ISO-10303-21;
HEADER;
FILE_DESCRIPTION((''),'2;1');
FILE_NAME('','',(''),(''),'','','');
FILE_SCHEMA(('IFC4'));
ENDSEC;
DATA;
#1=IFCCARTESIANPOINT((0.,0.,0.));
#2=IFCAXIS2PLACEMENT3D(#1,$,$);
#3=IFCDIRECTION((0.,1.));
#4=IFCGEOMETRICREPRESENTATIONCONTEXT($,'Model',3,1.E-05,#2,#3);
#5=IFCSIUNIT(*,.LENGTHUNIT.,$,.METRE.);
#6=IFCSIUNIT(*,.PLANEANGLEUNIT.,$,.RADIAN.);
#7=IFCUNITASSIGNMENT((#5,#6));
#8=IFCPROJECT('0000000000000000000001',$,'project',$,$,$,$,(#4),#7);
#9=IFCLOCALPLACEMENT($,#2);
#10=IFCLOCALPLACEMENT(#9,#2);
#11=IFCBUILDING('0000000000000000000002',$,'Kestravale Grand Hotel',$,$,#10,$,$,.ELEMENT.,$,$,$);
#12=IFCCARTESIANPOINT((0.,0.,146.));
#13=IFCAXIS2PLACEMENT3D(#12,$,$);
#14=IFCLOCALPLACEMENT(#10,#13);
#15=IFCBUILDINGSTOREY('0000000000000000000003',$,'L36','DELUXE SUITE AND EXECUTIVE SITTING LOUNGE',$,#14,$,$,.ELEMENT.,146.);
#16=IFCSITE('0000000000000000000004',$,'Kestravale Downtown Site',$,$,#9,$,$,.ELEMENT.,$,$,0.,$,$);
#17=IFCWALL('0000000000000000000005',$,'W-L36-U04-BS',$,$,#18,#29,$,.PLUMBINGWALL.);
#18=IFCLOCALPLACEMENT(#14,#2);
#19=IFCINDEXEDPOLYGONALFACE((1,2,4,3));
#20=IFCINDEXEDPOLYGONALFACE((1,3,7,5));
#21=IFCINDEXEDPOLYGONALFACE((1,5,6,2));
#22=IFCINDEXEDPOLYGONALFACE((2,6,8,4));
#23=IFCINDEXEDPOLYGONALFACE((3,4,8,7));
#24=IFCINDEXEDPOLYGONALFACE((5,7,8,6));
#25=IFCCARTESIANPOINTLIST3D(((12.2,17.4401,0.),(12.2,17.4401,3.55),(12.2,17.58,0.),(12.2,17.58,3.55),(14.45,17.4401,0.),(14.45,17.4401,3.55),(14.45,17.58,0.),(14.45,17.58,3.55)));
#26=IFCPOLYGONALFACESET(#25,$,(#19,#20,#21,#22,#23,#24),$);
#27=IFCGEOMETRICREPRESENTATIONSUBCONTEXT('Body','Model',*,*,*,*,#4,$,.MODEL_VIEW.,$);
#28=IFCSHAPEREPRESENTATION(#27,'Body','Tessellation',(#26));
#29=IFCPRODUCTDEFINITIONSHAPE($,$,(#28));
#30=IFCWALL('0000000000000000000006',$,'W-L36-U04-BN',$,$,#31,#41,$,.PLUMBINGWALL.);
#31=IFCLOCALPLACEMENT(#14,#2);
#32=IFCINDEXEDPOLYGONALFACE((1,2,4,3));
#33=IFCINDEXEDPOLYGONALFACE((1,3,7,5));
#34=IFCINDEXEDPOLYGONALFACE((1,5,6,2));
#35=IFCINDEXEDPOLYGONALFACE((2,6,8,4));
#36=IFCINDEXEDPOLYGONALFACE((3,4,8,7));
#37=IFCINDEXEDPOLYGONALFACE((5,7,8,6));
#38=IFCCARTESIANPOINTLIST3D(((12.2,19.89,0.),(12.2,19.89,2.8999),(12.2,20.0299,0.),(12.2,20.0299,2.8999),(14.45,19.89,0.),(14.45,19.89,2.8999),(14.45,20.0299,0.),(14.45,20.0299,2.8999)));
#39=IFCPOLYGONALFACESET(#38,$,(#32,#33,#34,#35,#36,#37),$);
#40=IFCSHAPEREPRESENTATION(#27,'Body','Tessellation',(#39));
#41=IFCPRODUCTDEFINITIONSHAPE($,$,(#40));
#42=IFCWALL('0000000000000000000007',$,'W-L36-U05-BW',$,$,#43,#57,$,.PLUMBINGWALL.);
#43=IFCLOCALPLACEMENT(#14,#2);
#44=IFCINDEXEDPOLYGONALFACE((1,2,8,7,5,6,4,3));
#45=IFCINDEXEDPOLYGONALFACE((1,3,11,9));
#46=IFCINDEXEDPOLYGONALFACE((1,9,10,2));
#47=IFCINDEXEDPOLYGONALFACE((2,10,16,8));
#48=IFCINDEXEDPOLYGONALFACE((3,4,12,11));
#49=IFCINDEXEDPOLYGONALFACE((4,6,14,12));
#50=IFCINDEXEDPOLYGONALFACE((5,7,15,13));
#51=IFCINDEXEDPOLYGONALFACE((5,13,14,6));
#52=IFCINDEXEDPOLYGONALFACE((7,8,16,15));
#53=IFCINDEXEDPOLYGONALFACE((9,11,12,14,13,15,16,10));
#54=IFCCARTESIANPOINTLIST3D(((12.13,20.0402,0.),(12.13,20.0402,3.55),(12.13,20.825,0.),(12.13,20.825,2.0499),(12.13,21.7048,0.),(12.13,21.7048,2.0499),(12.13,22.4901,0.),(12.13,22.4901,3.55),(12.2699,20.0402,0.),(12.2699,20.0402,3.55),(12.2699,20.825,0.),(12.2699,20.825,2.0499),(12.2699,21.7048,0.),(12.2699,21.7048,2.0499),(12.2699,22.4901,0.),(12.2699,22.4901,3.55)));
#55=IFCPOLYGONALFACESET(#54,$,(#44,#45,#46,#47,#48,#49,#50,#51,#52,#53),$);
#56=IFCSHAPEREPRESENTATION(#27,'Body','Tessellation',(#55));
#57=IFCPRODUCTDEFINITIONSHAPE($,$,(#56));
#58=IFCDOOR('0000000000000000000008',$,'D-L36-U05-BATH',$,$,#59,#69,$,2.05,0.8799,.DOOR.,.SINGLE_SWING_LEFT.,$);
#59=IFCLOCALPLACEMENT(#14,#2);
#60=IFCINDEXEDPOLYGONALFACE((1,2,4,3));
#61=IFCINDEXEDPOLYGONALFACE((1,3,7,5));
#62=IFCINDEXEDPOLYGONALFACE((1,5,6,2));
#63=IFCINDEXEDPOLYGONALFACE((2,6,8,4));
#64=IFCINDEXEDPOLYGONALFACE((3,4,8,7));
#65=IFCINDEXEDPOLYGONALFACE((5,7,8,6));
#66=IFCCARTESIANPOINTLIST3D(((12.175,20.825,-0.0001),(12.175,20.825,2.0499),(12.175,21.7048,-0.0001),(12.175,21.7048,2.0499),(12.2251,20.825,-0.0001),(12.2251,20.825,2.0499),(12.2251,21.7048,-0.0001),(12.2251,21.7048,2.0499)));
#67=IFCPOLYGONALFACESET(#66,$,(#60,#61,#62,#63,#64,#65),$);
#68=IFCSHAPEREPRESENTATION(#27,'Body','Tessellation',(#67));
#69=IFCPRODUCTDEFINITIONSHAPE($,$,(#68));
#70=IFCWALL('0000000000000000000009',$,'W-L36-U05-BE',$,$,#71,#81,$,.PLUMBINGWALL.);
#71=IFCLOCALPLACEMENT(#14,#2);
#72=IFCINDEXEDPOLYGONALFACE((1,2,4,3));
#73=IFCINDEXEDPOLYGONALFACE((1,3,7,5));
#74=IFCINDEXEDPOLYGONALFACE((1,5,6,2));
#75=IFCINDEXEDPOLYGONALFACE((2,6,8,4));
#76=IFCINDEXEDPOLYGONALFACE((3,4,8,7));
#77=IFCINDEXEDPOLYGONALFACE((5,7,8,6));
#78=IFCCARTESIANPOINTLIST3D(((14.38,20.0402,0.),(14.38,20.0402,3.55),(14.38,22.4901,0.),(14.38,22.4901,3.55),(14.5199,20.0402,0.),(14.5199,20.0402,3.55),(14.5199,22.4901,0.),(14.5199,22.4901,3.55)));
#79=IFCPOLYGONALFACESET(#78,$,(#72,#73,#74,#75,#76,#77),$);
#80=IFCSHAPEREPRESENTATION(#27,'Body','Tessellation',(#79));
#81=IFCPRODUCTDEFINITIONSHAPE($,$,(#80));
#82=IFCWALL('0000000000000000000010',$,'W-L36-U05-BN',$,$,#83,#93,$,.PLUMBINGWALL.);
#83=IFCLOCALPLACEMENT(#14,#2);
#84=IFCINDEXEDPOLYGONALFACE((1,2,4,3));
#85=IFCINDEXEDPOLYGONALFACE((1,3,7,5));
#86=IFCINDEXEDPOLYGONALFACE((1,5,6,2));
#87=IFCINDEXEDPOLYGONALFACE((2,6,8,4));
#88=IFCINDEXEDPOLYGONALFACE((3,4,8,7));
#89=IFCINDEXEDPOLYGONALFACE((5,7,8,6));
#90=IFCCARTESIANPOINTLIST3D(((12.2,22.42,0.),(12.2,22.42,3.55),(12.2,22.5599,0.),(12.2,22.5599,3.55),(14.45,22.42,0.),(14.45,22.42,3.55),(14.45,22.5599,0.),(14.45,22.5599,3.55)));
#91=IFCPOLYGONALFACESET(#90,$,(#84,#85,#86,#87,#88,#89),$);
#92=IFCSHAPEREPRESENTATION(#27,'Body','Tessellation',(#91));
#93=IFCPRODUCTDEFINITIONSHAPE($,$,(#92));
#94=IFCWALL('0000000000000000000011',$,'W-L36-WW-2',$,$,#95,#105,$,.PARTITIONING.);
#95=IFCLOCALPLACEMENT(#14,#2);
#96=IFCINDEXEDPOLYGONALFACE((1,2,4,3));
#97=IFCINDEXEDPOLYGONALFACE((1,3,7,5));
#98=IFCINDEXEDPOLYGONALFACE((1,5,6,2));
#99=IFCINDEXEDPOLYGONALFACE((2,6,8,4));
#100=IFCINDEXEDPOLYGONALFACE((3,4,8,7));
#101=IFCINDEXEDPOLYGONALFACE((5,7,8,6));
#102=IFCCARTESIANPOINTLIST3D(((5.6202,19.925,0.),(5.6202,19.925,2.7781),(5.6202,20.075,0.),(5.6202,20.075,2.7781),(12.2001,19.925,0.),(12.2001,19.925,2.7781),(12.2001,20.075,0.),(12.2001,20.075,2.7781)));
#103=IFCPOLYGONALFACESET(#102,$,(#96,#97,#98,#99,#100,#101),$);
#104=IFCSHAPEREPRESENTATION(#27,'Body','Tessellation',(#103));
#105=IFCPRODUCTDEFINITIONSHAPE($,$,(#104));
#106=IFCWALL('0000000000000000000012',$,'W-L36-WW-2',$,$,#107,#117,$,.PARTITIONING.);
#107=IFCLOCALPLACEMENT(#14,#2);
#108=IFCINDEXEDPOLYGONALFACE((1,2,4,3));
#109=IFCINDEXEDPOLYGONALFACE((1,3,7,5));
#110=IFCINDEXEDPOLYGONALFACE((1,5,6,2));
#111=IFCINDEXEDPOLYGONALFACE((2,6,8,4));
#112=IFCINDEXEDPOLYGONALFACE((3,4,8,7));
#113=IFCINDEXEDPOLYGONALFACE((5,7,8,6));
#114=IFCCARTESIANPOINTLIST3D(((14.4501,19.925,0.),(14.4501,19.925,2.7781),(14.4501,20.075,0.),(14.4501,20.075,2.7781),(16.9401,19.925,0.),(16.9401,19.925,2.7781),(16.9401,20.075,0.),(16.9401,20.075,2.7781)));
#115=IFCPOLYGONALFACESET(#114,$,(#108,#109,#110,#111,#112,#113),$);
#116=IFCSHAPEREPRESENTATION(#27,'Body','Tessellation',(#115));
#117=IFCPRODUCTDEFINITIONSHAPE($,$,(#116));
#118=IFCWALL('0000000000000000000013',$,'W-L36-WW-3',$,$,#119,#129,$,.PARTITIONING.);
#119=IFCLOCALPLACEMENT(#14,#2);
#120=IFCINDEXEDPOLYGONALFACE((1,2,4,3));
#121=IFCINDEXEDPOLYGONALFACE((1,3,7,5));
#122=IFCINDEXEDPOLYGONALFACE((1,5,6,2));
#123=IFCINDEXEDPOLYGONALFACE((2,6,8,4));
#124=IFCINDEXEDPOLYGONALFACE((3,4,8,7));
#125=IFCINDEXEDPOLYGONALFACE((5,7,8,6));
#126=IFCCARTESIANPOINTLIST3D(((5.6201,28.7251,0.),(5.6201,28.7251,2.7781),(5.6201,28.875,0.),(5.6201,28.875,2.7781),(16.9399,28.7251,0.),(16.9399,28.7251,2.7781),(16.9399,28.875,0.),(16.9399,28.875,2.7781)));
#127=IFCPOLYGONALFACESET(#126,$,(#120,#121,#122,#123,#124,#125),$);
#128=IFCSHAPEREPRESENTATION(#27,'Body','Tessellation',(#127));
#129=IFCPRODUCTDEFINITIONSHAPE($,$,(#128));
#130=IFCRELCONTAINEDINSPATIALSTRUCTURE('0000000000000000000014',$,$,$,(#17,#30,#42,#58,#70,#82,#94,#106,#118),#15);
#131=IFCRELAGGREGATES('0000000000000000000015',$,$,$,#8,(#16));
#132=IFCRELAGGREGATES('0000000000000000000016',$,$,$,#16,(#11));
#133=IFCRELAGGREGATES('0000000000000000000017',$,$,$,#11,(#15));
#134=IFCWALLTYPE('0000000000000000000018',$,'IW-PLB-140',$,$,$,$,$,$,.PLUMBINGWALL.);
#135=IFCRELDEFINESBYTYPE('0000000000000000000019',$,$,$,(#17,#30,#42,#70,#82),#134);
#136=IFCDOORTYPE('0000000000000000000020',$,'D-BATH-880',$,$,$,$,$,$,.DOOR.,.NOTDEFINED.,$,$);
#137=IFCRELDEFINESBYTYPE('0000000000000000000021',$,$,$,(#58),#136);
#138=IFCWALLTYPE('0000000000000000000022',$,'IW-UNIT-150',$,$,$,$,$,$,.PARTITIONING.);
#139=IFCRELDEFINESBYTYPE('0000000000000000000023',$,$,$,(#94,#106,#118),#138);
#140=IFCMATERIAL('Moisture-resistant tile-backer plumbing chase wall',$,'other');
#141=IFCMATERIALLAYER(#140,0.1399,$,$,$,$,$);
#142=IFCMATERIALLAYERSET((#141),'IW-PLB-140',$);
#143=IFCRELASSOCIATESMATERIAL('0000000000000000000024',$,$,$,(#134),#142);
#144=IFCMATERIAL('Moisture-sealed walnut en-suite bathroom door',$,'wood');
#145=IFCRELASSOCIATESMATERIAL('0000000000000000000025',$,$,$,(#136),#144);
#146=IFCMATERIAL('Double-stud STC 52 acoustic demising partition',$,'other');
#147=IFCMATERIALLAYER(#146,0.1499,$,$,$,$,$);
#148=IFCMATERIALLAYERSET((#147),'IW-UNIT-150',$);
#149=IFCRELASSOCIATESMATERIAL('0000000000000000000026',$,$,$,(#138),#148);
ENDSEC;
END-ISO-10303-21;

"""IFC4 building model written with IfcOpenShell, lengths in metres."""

from ifc_helpers import new_model, si_unit, direction, frame, frame_2d, origin, place, context, subcontext, project, spatial, rectangle, extrude, material, layer, layer_set, type_object, element, fill, save


model = new_model("IFC4")

# Units and contexts
model_context = context("Model", 3, precision=1e-05, world=origin(), true_north=direction((0.0, 1.0)))
body_context = subcontext(model_context, "Body", "Model", "MODEL_VIEW")
ifc_project = project(units=[si_unit("LENGTHUNIT", "METRE"), si_unit("PLANEANGLEUNIT", "RADIAN")], contexts=[model_context])

# Site, building, storey
site_placement = place(None, origin())
site = spatial("IfcSite", under=ifc_project, at=site_placement, Name="Kestravale Downtown Site", CompositionType="ELEMENT", RefElevation=0.0)
building_placement = place(site_placement, origin())
building = spatial("IfcBuilding", under=site, at=building_placement, Name="Kestravale Grand Hotel", CompositionType="ELEMENT")
storey_placement = place(building_placement, frame((0.0, 0.0, 146.0)))
storey = spatial("IfcBuildingStorey", under=building, at=storey_placement, Name="L36", Description="DELUXE SUITE AND EXECUTIVE SITTING LOUNGE", CompositionType="ELEMENT", Elevation=146.0)

# Shared definitions
ifc_material_1 = material(Name="Moisture-resistant tile-backer plumbing chase wall", Category="other")
ifc_layer_1 = layer(ifc_material_1, 0.1399)
ifc_layer_set_1 = layer_set([ifc_layer_1], Name="IW-PLB-140")
wall_type_1 = type_object("IfcWallType", Name="IW-PLB-140", PredefinedType="PLUMBINGWALL", material=ifc_layer_set_1)
ifc_material_2 = material(Name="Moisture-sealed walnut en-suite bathroom door", Category="wood")
door_type = type_object("IfcDoorType", Name="D-BATH-880", OperationType="NOTDEFINED", PredefinedType="DOOR", material=ifc_material_2)

# Walls
wall_1_placement = place(storey_placement, frame((12.2, 17.51, 0.0), z_axis=(0.0, 0.0, 1.0), x_axis=(1.0, 0.0, 0.0)))
element("IfcWall", 1, at=wall_1_placement, inside=storey, type_object=wall_type_1, Name="W-L36-U04-BS", PredefinedType="PLUMBINGWALL", context=body_context, shape_type="SweptSolid", body=[
    extrude(rectangle(XDim=2.25, YDim=0.1399, at=frame_2d((1.125, 0.0))), origin(), (0.0, 0.0, 1.0), 3.55),
])
wall_2_placement = place(storey_placement, frame((12.2, 19.96, 0.0), z_axis=(0.0, 0.0, 1.0), x_axis=(1.0, 0.0, 0.0)))
element("IfcWall", 2, at=wall_2_placement, inside=storey, type_object=wall_type_1, Name="W-L36-U04-BN", PredefinedType="PLUMBINGWALL", context=body_context, shape_type="SweptSolid", body=[
    extrude(rectangle(XDim=2.25, YDim=0.1399, at=frame_2d((1.125, 0.0))), origin(), (0.0, 0.0, 1.0), 2.8999),
])

# Wall, opening, door
wall_3_placement = place(storey_placement, frame((12.2, 20.04, 0.0), z_axis=(0.0, 0.0, 1.0), x_axis=(0.0, 1.0, 0.0)))
wall_3 = element("IfcWall", 3, at=wall_3_placement, inside=storey, type_object=wall_type_1, Name="W-L36-U05-BW", PredefinedType="PLUMBINGWALL", context=body_context, shape_type="SweptSolid", body=[
    extrude(rectangle(XDim=2.45, YDim=0.1399, at=frame_2d((1.2251, 0.0))), origin(), (0.0, 0.0, 1.0), 3.55),
])
opening_1_placement = place(wall_3_placement, frame((0.7849, 0.0, 0.0)))
opening_1 = element("IfcOpeningElement", 4, at=opening_1_placement, cuts=wall_3, PredefinedType="OPENING", context=body_context, shape_type="SweptSolid", body=[
    extrude(rectangle(XDim=0.8799, YDim=2.05, at=frame_2d((0.4399, 1.0249))), frame((0.0, 0.0798, 0.0), z_axis=(0.0, -1.0, 0.0), x_axis=(1.0, 0.0, 0.0)), (0.0, 0.0, 1.0), 0.1599),
])
door_1_placement = place(opening_1_placement, origin())
door_1 = element("IfcDoor", 5, at=door_1_placement, inside=storey, type_object=door_type, Name="D-L36-U05-BATH", OperationType="SINGLE_SWING_LEFT", OverallHeight=2.05, OverallWidth=0.8799, PredefinedType="DOOR", context=body_context, shape_type="SweptSolid", body=[
    extrude(rectangle(XDim=0.8799, YDim=2.05, at=frame_2d((0.4399, 1.0249))), frame((0.0, 0.0249, 0.0), z_axis=(0.0, -1.0, 0.0), x_axis=(1.0, 0.0, 0.0)), (0.0, 0.0, 1.0), 0.05),
])
fill(opening_1, door_1)

# Walls
wall_4_placement = place(storey_placement, frame((14.45, 20.04, 0.0), z_axis=(0.0, 0.0, 1.0), x_axis=(0.0, 1.0, 0.0)))
element("IfcWall", 6, at=wall_4_placement, inside=storey, type_object=wall_type_1, Name="W-L36-U05-BE", PredefinedType="PLUMBINGWALL", context=body_context, shape_type="SweptSolid", body=[
    extrude(rectangle(XDim=2.45, YDim=0.1399, at=frame_2d((1.2251, 0.0))), origin(), (0.0, 0.0, 1.0), 3.55),
])
wall_5_placement = place(storey_placement, frame((12.2, 22.49, 0.0), z_axis=(0.0, 0.0, 1.0), x_axis=(1.0, 0.0, 0.0)))
element("IfcWall", 7, at=wall_5_placement, inside=storey, type_object=wall_type_1, Name="W-L36-U05-BN", PredefinedType="PLUMBINGWALL", context=body_context, shape_type="SweptSolid", body=[
    extrude(rectangle(XDim=2.25, YDim=0.1399, at=frame_2d((1.125, 0.0))), origin(), (0.0, 0.0, 1.0), 3.55),
])
ifc_material_3 = material(Name="Double-stud STC 52 acoustic demising partition", Category="other")
ifc_layer_2 = layer(ifc_material_3, 0.1499)
ifc_layer_set_2 = layer_set([ifc_layer_2], Name="IW-UNIT-150")
wall_type_2 = type_object("IfcWallType", Name="IW-UNIT-150", PredefinedType="PARTITIONING", material=ifc_layer_set_2)
wall_6_placement = place(storey_placement, frame((5.6201, 20.0, 0.0), z_axis=(0.0, 0.0, 1.0), x_axis=(1.0, 0.0, 0.0)))
element("IfcWall", 8, at=wall_6_placement, inside=storey, type_object=wall_type_2, Name="W-L36-WW-2", PredefinedType="PARTITIONING", context=body_context, shape_type="SweptSolid", body=[
    extrude(rectangle(XDim=6.5798, YDim=0.1499, at=frame_2d((3.29, 0.0))), origin(), (0.0, 0.0, 1.0), 2.7781),
])
wall_7_placement = place(storey_placement, frame((14.45, 20.0, 0.0), z_axis=(0.0, 0.0, 1.0), x_axis=(1.0, 0.0, 0.0)))
element("IfcWall", 9, at=wall_7_placement, inside=storey, type_object=wall_type_2, Name="W-L36-WW-2", PredefinedType="PARTITIONING", context=body_context, shape_type="SweptSolid", body=[
    extrude(rectangle(XDim=2.49, YDim=0.1499, at=frame_2d((1.2451, 0.0))), origin(), (0.0, 0.0, 1.0), 2.7781),
])
wall_8_placement = place(storey_placement, frame((5.6201, 28.8, 0.0), z_axis=(0.0, 0.0, 1.0), x_axis=(1.0, 0.0, 0.0)))
element("IfcWall", 10, at=wall_8_placement, inside=storey, type_object=wall_type_2, Name="W-L36-WW-3", PredefinedType="PARTITIONING", context=body_context, shape_type="SweptSolid", body=[
    extrude(rectangle(XDim=11.3198, YDim=0.1499, at=frame_2d((5.6599, 0.0))), origin(), (0.0, 0.0, 1.0), 2.7781),
])

save(model, "model.ifc")
